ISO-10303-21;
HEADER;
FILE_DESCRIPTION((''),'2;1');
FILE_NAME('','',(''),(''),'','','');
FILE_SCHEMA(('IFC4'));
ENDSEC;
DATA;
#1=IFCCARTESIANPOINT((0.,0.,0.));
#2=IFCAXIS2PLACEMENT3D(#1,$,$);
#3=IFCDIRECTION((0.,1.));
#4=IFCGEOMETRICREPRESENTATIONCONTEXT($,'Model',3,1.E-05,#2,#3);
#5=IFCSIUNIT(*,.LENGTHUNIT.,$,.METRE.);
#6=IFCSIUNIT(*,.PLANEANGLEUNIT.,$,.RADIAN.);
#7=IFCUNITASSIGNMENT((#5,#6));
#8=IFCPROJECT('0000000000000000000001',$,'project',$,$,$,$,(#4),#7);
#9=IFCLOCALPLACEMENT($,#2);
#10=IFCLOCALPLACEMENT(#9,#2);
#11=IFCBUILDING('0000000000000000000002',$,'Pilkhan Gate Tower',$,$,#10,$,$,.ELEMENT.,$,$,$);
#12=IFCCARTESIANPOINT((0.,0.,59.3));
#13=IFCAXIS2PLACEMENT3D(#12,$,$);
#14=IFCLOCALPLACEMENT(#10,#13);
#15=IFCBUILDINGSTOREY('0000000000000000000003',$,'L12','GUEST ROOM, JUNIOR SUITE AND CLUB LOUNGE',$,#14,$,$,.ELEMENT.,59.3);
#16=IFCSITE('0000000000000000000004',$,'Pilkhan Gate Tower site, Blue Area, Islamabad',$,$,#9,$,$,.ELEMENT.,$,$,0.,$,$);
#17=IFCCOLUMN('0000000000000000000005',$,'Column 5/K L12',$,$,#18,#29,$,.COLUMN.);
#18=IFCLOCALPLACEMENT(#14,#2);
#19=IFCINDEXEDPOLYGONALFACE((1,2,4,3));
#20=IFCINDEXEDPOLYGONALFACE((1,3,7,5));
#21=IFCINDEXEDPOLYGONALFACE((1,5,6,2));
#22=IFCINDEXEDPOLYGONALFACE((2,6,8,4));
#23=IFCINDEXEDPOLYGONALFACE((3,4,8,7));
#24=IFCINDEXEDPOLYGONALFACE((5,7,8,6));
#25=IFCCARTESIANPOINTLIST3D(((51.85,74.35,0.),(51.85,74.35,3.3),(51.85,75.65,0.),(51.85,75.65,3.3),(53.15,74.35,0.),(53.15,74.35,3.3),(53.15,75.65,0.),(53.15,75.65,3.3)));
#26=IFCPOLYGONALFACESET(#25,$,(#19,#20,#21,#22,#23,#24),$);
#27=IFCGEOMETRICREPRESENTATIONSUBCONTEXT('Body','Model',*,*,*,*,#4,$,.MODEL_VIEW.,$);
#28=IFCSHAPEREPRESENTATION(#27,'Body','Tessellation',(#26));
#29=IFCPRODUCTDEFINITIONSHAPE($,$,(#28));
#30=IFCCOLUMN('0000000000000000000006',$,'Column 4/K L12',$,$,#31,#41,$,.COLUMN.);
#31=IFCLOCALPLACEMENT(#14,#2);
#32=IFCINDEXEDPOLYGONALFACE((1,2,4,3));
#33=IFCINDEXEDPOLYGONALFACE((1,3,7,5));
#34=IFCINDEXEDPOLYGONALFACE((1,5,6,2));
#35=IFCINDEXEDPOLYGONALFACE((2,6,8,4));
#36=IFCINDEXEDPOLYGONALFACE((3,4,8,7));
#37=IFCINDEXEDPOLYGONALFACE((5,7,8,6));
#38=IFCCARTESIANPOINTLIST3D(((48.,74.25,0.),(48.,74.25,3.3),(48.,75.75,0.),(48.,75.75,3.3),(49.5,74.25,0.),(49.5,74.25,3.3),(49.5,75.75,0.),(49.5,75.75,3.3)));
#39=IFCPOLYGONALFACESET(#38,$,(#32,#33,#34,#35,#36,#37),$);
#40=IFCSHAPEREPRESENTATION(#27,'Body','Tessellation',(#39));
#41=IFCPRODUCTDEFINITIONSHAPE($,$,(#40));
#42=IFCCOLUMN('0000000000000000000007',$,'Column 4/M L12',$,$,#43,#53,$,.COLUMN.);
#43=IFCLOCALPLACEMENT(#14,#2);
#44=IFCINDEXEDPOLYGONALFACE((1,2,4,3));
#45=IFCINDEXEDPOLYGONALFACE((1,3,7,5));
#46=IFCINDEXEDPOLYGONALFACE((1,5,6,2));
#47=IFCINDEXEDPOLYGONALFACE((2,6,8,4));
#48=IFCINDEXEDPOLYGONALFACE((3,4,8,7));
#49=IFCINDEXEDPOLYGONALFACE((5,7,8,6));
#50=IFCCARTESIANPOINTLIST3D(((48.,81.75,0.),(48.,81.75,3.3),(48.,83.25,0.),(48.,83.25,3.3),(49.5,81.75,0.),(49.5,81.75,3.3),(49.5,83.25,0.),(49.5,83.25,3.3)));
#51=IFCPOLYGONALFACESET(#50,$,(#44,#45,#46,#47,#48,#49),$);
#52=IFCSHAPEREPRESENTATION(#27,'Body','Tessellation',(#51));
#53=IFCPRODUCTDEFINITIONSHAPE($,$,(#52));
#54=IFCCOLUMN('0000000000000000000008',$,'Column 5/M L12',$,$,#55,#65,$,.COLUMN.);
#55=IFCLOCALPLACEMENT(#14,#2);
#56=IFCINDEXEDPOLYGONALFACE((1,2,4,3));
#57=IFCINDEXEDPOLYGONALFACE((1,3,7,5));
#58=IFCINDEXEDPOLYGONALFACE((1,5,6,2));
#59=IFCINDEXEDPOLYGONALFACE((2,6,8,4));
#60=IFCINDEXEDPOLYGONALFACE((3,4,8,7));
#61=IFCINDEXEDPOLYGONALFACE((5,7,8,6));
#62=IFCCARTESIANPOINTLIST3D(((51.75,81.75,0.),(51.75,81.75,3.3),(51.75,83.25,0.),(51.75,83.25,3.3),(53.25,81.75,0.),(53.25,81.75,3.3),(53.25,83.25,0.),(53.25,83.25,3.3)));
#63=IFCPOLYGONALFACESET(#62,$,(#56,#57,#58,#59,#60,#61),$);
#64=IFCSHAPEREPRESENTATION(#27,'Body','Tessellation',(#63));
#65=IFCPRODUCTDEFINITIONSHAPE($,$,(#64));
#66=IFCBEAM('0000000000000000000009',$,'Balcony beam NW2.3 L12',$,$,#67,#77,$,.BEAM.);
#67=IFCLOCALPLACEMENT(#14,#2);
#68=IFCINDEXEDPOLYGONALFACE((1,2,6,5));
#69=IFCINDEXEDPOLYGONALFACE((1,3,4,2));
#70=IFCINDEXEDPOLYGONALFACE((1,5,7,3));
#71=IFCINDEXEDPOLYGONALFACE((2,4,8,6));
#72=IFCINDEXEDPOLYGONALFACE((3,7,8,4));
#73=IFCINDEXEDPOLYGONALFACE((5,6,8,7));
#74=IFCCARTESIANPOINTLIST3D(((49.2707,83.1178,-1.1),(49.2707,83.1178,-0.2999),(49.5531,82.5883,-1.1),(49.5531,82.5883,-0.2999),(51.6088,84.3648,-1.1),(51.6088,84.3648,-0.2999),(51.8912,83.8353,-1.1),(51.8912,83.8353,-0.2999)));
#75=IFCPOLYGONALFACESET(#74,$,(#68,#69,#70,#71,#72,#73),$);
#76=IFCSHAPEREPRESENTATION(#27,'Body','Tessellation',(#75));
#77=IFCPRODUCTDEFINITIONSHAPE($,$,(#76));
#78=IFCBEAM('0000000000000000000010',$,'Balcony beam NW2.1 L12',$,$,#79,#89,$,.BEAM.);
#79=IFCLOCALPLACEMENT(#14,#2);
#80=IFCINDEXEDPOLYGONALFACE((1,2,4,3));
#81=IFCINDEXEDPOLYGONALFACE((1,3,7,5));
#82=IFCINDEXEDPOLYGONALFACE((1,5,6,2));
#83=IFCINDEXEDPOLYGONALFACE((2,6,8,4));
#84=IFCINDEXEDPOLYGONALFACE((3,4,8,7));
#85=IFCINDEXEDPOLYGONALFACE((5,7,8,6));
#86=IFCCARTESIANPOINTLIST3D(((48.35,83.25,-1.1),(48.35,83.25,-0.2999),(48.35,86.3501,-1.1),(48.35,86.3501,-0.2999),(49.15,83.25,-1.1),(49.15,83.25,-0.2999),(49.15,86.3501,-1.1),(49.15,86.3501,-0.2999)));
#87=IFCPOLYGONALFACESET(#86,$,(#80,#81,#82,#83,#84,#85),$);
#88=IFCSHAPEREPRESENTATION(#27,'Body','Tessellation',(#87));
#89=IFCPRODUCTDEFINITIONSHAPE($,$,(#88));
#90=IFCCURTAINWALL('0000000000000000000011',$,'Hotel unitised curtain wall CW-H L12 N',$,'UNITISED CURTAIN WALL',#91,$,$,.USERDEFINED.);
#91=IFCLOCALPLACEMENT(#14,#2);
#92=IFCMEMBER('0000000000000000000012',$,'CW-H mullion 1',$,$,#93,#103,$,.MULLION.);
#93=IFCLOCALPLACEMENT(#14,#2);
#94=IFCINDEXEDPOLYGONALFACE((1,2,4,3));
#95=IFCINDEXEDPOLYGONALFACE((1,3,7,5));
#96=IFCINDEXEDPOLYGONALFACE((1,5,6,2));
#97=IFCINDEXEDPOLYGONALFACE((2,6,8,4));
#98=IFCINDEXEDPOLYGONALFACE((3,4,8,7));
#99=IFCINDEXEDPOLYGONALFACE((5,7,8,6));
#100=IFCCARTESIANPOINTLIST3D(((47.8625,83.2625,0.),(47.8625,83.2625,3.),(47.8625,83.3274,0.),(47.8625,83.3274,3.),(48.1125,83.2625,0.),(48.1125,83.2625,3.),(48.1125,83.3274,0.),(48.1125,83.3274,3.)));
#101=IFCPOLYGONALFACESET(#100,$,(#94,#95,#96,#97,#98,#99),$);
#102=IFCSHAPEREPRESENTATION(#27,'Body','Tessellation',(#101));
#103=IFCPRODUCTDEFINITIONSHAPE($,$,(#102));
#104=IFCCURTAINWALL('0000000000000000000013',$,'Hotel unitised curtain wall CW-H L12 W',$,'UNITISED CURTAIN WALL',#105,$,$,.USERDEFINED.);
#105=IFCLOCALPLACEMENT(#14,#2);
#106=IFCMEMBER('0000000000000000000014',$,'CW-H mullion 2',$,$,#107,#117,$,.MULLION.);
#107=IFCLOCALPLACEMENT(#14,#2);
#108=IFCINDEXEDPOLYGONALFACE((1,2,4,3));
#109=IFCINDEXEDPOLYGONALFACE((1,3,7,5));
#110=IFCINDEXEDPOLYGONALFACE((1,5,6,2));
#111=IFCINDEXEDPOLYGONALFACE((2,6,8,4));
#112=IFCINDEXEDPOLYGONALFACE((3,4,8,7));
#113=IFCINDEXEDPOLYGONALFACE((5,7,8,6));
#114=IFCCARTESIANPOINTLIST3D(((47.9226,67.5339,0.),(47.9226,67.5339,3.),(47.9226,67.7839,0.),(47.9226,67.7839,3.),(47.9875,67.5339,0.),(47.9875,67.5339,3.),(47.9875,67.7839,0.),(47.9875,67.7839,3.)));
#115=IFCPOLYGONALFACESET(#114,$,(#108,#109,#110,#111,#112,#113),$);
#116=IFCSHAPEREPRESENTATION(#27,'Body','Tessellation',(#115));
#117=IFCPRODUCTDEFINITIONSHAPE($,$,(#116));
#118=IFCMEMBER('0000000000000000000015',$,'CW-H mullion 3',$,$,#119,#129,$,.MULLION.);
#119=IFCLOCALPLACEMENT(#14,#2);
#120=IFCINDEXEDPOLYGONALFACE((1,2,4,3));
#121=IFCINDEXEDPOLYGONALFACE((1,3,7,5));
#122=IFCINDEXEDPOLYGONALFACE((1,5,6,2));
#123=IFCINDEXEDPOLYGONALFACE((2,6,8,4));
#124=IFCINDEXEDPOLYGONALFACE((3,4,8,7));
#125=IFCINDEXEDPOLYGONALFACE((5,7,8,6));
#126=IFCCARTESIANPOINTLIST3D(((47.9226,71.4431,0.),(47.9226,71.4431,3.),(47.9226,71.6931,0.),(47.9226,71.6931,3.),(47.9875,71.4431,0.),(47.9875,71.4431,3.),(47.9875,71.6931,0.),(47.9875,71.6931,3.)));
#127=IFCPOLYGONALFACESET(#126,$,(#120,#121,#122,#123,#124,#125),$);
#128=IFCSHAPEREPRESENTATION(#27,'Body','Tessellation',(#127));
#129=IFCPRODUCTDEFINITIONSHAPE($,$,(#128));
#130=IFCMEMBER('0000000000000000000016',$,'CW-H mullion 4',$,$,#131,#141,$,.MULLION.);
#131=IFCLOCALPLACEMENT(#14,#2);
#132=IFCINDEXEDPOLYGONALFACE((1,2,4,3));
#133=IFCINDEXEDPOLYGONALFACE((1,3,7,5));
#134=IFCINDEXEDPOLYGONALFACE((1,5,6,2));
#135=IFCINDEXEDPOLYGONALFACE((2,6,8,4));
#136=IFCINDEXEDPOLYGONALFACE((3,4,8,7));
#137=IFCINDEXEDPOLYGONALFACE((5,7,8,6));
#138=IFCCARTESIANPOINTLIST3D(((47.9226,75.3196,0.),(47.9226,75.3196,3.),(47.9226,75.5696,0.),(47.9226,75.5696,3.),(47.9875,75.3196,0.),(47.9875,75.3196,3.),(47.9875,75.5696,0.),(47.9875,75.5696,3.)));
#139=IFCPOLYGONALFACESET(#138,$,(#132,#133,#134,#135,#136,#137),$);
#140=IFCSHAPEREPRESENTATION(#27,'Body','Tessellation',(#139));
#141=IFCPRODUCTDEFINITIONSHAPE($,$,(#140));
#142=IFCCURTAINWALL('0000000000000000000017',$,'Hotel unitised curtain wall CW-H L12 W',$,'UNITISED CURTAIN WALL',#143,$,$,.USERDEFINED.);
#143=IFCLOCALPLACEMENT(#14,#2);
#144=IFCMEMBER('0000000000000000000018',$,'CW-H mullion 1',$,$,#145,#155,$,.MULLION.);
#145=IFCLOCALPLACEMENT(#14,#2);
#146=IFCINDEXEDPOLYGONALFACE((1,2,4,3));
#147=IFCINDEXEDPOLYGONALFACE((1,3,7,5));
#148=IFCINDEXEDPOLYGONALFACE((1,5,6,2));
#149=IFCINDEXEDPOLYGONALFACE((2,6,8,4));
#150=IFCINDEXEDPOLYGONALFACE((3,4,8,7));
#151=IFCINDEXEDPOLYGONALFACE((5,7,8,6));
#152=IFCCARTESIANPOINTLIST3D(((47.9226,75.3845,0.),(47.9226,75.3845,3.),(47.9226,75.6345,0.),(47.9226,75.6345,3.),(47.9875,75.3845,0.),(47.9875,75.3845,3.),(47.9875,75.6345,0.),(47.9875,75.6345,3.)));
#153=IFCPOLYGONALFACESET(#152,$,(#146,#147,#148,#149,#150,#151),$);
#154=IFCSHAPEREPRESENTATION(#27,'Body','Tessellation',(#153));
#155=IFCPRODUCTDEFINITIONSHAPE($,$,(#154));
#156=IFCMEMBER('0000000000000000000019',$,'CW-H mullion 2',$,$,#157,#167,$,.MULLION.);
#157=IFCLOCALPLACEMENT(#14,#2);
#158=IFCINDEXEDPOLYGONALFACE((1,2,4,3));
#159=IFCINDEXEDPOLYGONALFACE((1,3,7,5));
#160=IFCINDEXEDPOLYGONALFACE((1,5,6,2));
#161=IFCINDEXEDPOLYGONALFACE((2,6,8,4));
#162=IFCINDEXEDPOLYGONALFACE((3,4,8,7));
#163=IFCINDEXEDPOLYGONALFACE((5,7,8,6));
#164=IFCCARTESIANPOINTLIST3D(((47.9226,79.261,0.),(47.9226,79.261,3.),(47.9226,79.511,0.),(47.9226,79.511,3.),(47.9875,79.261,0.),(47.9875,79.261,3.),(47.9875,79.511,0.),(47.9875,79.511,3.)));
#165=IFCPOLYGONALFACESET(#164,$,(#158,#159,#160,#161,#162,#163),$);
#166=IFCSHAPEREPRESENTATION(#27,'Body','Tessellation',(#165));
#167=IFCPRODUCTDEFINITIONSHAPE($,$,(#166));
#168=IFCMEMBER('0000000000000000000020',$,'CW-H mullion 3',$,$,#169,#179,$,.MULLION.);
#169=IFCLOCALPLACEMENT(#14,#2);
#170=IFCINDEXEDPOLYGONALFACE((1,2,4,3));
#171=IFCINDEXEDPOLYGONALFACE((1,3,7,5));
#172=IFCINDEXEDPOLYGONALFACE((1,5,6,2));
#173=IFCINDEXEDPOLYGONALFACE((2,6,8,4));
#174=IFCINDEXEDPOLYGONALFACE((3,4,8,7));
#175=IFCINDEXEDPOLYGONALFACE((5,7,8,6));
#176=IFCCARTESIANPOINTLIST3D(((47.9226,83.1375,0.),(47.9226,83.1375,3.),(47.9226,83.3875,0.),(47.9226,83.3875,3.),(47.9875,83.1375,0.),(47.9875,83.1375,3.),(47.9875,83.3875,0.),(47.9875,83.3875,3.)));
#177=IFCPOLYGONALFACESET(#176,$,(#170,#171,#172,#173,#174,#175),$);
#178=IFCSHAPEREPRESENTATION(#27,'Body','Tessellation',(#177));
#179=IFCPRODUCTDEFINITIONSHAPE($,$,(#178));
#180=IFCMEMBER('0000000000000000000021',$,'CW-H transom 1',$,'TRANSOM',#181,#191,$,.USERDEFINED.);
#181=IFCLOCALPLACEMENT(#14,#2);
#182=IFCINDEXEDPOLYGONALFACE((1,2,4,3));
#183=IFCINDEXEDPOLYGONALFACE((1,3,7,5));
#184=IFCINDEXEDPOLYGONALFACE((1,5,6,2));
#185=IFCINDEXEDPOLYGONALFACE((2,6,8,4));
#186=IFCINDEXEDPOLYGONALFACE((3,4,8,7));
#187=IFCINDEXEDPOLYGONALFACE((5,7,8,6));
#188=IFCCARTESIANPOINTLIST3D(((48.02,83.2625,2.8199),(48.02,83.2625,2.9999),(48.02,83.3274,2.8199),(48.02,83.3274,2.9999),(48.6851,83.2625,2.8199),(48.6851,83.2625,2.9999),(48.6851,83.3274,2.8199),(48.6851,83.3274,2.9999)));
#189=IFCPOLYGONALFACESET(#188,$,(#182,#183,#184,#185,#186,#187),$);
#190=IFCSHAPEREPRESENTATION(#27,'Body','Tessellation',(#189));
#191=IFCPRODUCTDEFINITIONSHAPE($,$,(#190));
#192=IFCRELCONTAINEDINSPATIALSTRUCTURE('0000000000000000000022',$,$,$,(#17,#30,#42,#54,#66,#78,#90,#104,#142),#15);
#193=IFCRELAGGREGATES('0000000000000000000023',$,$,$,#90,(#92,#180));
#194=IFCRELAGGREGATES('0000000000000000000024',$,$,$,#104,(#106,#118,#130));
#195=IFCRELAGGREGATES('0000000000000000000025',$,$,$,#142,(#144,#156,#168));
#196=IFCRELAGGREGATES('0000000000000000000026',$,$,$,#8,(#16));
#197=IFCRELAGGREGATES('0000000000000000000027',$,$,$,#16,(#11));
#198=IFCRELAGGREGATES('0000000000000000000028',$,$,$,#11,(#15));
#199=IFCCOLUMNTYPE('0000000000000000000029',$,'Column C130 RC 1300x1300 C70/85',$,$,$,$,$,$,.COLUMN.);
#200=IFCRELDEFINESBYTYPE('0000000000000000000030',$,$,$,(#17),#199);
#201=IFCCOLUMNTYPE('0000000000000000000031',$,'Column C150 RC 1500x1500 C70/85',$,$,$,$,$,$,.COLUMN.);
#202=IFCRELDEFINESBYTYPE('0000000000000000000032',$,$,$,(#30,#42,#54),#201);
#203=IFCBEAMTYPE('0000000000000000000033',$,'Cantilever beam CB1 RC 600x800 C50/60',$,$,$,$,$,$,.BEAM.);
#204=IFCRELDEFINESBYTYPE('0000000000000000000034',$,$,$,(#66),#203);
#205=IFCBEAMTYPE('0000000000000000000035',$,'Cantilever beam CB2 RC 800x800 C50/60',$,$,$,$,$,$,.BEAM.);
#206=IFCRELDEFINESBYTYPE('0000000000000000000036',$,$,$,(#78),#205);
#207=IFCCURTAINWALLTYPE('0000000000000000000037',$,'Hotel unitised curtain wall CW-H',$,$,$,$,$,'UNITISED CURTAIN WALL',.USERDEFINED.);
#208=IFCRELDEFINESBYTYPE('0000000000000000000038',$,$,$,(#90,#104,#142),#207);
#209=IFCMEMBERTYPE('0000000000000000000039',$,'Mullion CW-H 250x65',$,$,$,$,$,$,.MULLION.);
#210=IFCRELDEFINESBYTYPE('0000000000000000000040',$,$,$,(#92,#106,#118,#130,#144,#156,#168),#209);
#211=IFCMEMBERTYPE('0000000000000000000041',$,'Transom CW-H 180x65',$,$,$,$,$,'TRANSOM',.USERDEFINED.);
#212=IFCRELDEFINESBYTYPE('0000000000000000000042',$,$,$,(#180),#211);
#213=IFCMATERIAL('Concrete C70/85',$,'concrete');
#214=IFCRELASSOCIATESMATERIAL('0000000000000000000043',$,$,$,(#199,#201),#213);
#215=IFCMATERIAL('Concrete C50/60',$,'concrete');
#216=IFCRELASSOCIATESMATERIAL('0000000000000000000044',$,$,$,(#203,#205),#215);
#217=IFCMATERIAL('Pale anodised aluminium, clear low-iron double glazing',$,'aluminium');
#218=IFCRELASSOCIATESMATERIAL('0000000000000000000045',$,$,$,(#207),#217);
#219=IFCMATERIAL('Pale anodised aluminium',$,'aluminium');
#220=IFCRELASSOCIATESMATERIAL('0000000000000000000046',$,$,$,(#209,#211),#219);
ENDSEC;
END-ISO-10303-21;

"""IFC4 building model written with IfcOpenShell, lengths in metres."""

from ifc_helpers import new_model, si_unit, direction, frame, origin, origin_2d, place, context, subcontext, project, spatial, rectangle, extrude, material, material_profile, profile_set, type_object, element, aggregate, save


model = new_model("IFC4")

# Units and contexts
model_context = context("Model", 3, precision=1e-05, world=origin(), true_north=direction((0.0, 1.0)))
body_context = subcontext(model_context, "Body", "Model", "MODEL_VIEW")
ifc_project = project(units=[si_unit("LENGTHUNIT", "METRE"), si_unit("PLANEANGLEUNIT", "RADIAN")], contexts=[model_context])

# Site, building, storey
site_placement = place(None, origin())
site = spatial("IfcSite", under=ifc_project, at=site_placement, Name="Pilkhan Gate Tower site, Blue Area, Islamabad", CompositionType="ELEMENT", RefElevation=0.0)
building_placement = place(site_placement, origin())
building = spatial("IfcBuilding", under=site, at=building_placement, Name="Pilkhan Gate Tower", CompositionType="ELEMENT")
storey_placement = place(building_placement, frame((0.0, 0.0, 59.3)))
storey = spatial("IfcBuildingStorey", under=building, at=storey_placement, Name="L12", Description="GUEST ROOM, JUNIOR SUITE AND CLUB LOUNGE", CompositionType="ELEMENT", Elevation=59.3)

# Columns
ifc_material_1 = material(Name="Concrete C70/85", Category="concrete")
ifc_material_profile_1 = material_profile(ifc_material_1, rectangle(XDim=1.3, YDim=1.3, at=origin_2d()), Name="RC 1300x1300")
ifc_profile_set_1 = profile_set([ifc_material_profile_1], Name="Concrete C70/85")
column_type_1 = type_object("IfcColumnType", Name="Column C130 RC 1300x1300 C70/85", PredefinedType="COLUMN", material=ifc_profile_set_1)
column_placement = place(storey_placement, frame((52.5, 75.0, 0.0), z_axis=(0.0, 0.0, 1.0), x_axis=(1.0, 0.0, 0.0)))
element("IfcColumn", 1, at=column_placement, inside=storey, type_object=column_type_1, Name="Column 5/K L12", PredefinedType="COLUMN", context=body_context, shape_type="SweptSolid", body=[
    extrude(rectangle(XDim=1.3, YDim=1.3, at=origin_2d()), origin(), (0.0, 0.0, 1.0), 3.3),
])
ifc_material_profile_2 = material_profile(ifc_material_1, rectangle(XDim=1.5, YDim=1.5, at=origin_2d()), Name="RC 1500x1500")
ifc_profile_set_2 = profile_set([ifc_material_profile_2], Name="Concrete C70/85")
column_type_2 = type_object("IfcColumnType", Name="Column C150 RC 1500x1500 C70/85", PredefinedType="COLUMN", material=ifc_profile_set_2)
for number, where, z_axis, x_axis, name in (
    (2, (48.75, 75.0, 0.0), (0.0, 0.0, 1.0), (1.0, 0.0, 0.0), "Column 4/K L12"),
    (3, (48.75, 82.5, 0.0), (0.0, 0.0, 1.0), (1.0, 0.0, 0.0), "Column 4/M L12"),
    (4, (52.5, 82.5, 0.0), (0.0, 0.0, 1.0), (1.0, 0.0, 0.0), "Column 5/M L12"),
):
    element("IfcColumn", number, at=place(storey_placement, frame(where, z_axis=z_axis, x_axis=x_axis)), inside=storey, type_object=column_type_2, Name=name, PredefinedType="COLUMN", context=body_context, shape_type="SweptSolid", body=[
        extrude(rectangle(XDim=1.5, YDim=1.5, at=origin_2d()), origin(), (0.0, 0.0, 1.0), 3.3),
    ])

# Beams
ifc_material_2 = material(Name="Concrete C50/60", Category="concrete")
ifc_material_profile_3 = material_profile(ifc_material_2, rectangle(XDim=0.6001, YDim=0.8, at=origin_2d()), Name="RC 600x800")
ifc_profile_set_3 = profile_set([ifc_material_profile_3], Name="Concrete C50/60")
beam_type_1 = type_object("IfcBeamType", Name="Cantilever beam CB1 RC 600x800 C50/60", PredefinedType="BEAM", material=ifc_profile_set_3)
beam_1_placement = place(storey_placement, frame((49.4119, 82.853, -0.7), z_axis=(0.882343, 0.470607, 0.0), x_axis=(-0.470607, 0.882343, 0.0)))
element("IfcBeam", 5, at=beam_1_placement, inside=storey, type_object=beam_type_1, Name="Balcony beam NW2.3 L12", PredefinedType="BEAM", context=body_context, shape_type="SweptSolid", body=[
    extrude(rectangle(XDim=0.6001, YDim=0.8, at=origin_2d()), origin(), (0.0, 0.0, 1.0), 2.6499),
])
ifc_material_profile_4 = material_profile(ifc_material_2, rectangle(XDim=0.8, YDim=0.8, at=origin_2d()), Name="RC 800x800")
ifc_profile_set_4 = profile_set([ifc_material_profile_4], Name="Concrete C50/60")
beam_type_2 = type_object("IfcBeamType", Name="Cantilever beam CB2 RC 800x800 C50/60", PredefinedType="BEAM", material=ifc_profile_set_4)
beam_2_placement = place(storey_placement, frame((48.75, 83.25, -0.7), z_axis=(0.0, 1.0, 0.0), x_axis=(-1.0, 0.0, 0.0)))
element("IfcBeam", 6, at=beam_2_placement, inside=storey, type_object=beam_type_2, Name="Balcony beam NW2.1 L12", PredefinedType="BEAM", context=body_context, shape_type="SweptSolid", body=[
    extrude(rectangle(XDim=0.8, YDim=0.8, at=origin_2d()), origin(), (0.0, 0.0, 1.0), 3.1001),
])

# Curtain wall, member
ifc_material_3 = material(Name="Pale anodised aluminium, clear low-iron double glazing", Category="aluminium")
curtain_wall_type = type_object("IfcCurtainWallType", Name="Hotel unitised curtain wall CW-H", ElementType="UNITISED CURTAIN WALL", PredefinedType="USERDEFINED", material=ifc_material_3)
curtain_wall_1_placement = place(storey_placement, origin())
curtain_wall_1 = element("IfcCurtainWall", 7, at=curtain_wall_1_placement, inside=storey, type_object=curtain_wall_type, Name="Hotel unitised curtain wall CW-H L12 N", ObjectType="UNITISED CURTAIN WALL", PredefinedType="USERDEFINED")
ifc_material_4 = material(Name="Pale anodised aluminium", Category="aluminium")
ifc_material_profile_5 = material_profile(ifc_material_4, rectangle(XDim=0.0649, YDim=0.25, at=origin_2d()), Name="Mullion 250x65")
ifc_profile_set_5 = profile_set([ifc_material_profile_5], Name="Pale anodised aluminium")
member_type_1 = type_object("IfcMemberType", Name="Mullion CW-H 250x65", PredefinedType="MULLION", material=ifc_profile_set_5)
member_1_placement = place(storey_placement, frame((47.9875, 83.2949, 0.0), z_axis=(0.0, 0.0, 1.0), x_axis=(0.0, 1.0, 0.0)))
member_1 = element("IfcMember", 8, at=member_1_placement, type_object=member_type_1, Name="CW-H mullion 1", PredefinedType="MULLION", context=body_context, shape_type="SweptSolid", body=[
    extrude(rectangle(XDim=0.0649, YDim=0.25, at=origin_2d()), origin(), (0.0, 0.0, 1.0), 3.0),
])

# Curtain walls, members
curtain_wall_2_placement = place(storey_placement, origin())
curtain_wall_2 = element("IfcCurtainWall", 9, at=curtain_wall_2_placement, inside=storey, type_object=curtain_wall_type, Name="Hotel unitised curtain wall CW-H L12 W", ObjectType="UNITISED CURTAIN WALL", PredefinedType="USERDEFINED")
member_2_placement = place(storey_placement, frame((47.9551, 67.6589, 0.0), z_axis=(0.0, 0.0, 1.0), x_axis=(-1.0, 0.0, 0.0)))
member_2 = element("IfcMember", 10, at=member_2_placement, type_object=member_type_1, Name="CW-H mullion 2", PredefinedType="MULLION", context=body_context, shape_type="SweptSolid", body=[
    extrude(rectangle(XDim=0.0649, YDim=0.25, at=origin_2d()), origin(), (0.0, 0.0, 1.0), 3.0),
])
member_3_placement = place(storey_placement, frame((47.9551, 71.5681, 0.0), z_axis=(0.0, 0.0, 1.0), x_axis=(-1.0, 0.0, 0.0)))
member_3 = element("IfcMember", 11, at=member_3_placement, type_object=member_type_1, Name="CW-H mullion 3", PredefinedType="MULLION", context=body_context, shape_type="SweptSolid", body=[
    extrude(rectangle(XDim=0.0649, YDim=0.25, at=origin_2d()), origin(), (0.0, 0.0, 1.0), 3.0),
])
member_4_placement = place(storey_placement, frame((47.9551, 75.4446, 0.0), z_axis=(0.0, 0.0, 1.0), x_axis=(-1.0, 0.0, 0.0)))
member_4 = element("IfcMember", 12, at=member_4_placement, type_object=member_type_1, Name="CW-H mullion 4", PredefinedType="MULLION", context=body_context, shape_type="SweptSolid", body=[
    extrude(rectangle(XDim=0.0649, YDim=0.25, at=origin_2d()), origin(), (0.0, 0.0, 1.0), 3.0),
])
curtain_wall_3_placement = place(storey_placement, origin())
curtain_wall_3 = element("IfcCurtainWall", 13, at=curtain_wall_3_placement, inside=storey, type_object=curtain_wall_type, Name="Hotel unitised curtain wall CW-H L12 W", ObjectType="UNITISED CURTAIN WALL", PredefinedType="USERDEFINED")
member_5_placement = place(storey_placement, frame((47.9551, 75.5095, 0.0), z_axis=(0.0, 0.0, 1.0), x_axis=(-1.0, 0.0, 0.0)))
member_5 = element("IfcMember", 14, at=member_5_placement, type_object=member_type_1, Name="CW-H mullion 1", PredefinedType="MULLION", context=body_context, shape_type="SweptSolid", body=[
    extrude(rectangle(XDim=0.0649, YDim=0.25, at=origin_2d()), origin(), (0.0, 0.0, 1.0), 3.0),
])
member_6_placement = place(storey_placement, frame((47.9551, 79.386, 0.0), z_axis=(0.0, 0.0, 1.0), x_axis=(-1.0, 0.0, 0.0)))
member_6 = element("IfcMember", 15, at=member_6_placement, type_object=member_type_1, Name="CW-H mullion 2", PredefinedType="MULLION", context=body_context, shape_type="SweptSolid", body=[
    extrude(rectangle(XDim=0.0649, YDim=0.25, at=origin_2d()), origin(), (0.0, 0.0, 1.0), 3.0),
])
member_7_placement = place(storey_placement, frame((47.9551, 83.2625, 0.0), z_axis=(0.0, 0.0, 1.0), x_axis=(-1.0, 0.0, 0.0)))
member_7 = element("IfcMember", 16, at=member_7_placement, type_object=member_type_1, Name="CW-H mullion 3", PredefinedType="MULLION", context=body_context, shape_type="SweptSolid", body=[
    extrude(rectangle(XDim=0.0649, YDim=0.25, at=origin_2d()), origin(), (0.0, 0.0, 1.0), 3.0),
])

# Member
ifc_material_profile_6 = material_profile(ifc_material_4, rectangle(XDim=0.0649, YDim=0.1799, at=origin_2d()), Name="Transom 180x65")
ifc_profile_set_6 = profile_set([ifc_material_profile_6], Name="Pale anodised aluminium")
member_type_2 = type_object("IfcMemberType", Name="Transom CW-H 180x65", ElementType="TRANSOM", PredefinedType="USERDEFINED", material=ifc_profile_set_6)
member_8_placement = place(storey_placement, frame((48.02, 83.2949, 2.9099), z_axis=(1.0, 0.0, 0.0), x_axis=(0.0, 1.0, 0.0)))
member_8 = element("IfcMember", 17, at=member_8_placement, type_object=member_type_2, Name="CW-H transom 1", ObjectType="TRANSOM", PredefinedType="USERDEFINED", context=body_context, shape_type="SweptSolid", body=[
    extrude(rectangle(XDim=0.0649, YDim=0.1799, at=origin_2d()), origin(), (0.0, 0.0, 1.0), 0.665),
])
aggregate(curtain_wall_1, [member_1, member_8])

aggregate(curtain_wall_2, [member_2, member_3, member_4])
aggregate(curtain_wall_3, [member_5, member_6, member_7])

save(model, "model.ifc")
